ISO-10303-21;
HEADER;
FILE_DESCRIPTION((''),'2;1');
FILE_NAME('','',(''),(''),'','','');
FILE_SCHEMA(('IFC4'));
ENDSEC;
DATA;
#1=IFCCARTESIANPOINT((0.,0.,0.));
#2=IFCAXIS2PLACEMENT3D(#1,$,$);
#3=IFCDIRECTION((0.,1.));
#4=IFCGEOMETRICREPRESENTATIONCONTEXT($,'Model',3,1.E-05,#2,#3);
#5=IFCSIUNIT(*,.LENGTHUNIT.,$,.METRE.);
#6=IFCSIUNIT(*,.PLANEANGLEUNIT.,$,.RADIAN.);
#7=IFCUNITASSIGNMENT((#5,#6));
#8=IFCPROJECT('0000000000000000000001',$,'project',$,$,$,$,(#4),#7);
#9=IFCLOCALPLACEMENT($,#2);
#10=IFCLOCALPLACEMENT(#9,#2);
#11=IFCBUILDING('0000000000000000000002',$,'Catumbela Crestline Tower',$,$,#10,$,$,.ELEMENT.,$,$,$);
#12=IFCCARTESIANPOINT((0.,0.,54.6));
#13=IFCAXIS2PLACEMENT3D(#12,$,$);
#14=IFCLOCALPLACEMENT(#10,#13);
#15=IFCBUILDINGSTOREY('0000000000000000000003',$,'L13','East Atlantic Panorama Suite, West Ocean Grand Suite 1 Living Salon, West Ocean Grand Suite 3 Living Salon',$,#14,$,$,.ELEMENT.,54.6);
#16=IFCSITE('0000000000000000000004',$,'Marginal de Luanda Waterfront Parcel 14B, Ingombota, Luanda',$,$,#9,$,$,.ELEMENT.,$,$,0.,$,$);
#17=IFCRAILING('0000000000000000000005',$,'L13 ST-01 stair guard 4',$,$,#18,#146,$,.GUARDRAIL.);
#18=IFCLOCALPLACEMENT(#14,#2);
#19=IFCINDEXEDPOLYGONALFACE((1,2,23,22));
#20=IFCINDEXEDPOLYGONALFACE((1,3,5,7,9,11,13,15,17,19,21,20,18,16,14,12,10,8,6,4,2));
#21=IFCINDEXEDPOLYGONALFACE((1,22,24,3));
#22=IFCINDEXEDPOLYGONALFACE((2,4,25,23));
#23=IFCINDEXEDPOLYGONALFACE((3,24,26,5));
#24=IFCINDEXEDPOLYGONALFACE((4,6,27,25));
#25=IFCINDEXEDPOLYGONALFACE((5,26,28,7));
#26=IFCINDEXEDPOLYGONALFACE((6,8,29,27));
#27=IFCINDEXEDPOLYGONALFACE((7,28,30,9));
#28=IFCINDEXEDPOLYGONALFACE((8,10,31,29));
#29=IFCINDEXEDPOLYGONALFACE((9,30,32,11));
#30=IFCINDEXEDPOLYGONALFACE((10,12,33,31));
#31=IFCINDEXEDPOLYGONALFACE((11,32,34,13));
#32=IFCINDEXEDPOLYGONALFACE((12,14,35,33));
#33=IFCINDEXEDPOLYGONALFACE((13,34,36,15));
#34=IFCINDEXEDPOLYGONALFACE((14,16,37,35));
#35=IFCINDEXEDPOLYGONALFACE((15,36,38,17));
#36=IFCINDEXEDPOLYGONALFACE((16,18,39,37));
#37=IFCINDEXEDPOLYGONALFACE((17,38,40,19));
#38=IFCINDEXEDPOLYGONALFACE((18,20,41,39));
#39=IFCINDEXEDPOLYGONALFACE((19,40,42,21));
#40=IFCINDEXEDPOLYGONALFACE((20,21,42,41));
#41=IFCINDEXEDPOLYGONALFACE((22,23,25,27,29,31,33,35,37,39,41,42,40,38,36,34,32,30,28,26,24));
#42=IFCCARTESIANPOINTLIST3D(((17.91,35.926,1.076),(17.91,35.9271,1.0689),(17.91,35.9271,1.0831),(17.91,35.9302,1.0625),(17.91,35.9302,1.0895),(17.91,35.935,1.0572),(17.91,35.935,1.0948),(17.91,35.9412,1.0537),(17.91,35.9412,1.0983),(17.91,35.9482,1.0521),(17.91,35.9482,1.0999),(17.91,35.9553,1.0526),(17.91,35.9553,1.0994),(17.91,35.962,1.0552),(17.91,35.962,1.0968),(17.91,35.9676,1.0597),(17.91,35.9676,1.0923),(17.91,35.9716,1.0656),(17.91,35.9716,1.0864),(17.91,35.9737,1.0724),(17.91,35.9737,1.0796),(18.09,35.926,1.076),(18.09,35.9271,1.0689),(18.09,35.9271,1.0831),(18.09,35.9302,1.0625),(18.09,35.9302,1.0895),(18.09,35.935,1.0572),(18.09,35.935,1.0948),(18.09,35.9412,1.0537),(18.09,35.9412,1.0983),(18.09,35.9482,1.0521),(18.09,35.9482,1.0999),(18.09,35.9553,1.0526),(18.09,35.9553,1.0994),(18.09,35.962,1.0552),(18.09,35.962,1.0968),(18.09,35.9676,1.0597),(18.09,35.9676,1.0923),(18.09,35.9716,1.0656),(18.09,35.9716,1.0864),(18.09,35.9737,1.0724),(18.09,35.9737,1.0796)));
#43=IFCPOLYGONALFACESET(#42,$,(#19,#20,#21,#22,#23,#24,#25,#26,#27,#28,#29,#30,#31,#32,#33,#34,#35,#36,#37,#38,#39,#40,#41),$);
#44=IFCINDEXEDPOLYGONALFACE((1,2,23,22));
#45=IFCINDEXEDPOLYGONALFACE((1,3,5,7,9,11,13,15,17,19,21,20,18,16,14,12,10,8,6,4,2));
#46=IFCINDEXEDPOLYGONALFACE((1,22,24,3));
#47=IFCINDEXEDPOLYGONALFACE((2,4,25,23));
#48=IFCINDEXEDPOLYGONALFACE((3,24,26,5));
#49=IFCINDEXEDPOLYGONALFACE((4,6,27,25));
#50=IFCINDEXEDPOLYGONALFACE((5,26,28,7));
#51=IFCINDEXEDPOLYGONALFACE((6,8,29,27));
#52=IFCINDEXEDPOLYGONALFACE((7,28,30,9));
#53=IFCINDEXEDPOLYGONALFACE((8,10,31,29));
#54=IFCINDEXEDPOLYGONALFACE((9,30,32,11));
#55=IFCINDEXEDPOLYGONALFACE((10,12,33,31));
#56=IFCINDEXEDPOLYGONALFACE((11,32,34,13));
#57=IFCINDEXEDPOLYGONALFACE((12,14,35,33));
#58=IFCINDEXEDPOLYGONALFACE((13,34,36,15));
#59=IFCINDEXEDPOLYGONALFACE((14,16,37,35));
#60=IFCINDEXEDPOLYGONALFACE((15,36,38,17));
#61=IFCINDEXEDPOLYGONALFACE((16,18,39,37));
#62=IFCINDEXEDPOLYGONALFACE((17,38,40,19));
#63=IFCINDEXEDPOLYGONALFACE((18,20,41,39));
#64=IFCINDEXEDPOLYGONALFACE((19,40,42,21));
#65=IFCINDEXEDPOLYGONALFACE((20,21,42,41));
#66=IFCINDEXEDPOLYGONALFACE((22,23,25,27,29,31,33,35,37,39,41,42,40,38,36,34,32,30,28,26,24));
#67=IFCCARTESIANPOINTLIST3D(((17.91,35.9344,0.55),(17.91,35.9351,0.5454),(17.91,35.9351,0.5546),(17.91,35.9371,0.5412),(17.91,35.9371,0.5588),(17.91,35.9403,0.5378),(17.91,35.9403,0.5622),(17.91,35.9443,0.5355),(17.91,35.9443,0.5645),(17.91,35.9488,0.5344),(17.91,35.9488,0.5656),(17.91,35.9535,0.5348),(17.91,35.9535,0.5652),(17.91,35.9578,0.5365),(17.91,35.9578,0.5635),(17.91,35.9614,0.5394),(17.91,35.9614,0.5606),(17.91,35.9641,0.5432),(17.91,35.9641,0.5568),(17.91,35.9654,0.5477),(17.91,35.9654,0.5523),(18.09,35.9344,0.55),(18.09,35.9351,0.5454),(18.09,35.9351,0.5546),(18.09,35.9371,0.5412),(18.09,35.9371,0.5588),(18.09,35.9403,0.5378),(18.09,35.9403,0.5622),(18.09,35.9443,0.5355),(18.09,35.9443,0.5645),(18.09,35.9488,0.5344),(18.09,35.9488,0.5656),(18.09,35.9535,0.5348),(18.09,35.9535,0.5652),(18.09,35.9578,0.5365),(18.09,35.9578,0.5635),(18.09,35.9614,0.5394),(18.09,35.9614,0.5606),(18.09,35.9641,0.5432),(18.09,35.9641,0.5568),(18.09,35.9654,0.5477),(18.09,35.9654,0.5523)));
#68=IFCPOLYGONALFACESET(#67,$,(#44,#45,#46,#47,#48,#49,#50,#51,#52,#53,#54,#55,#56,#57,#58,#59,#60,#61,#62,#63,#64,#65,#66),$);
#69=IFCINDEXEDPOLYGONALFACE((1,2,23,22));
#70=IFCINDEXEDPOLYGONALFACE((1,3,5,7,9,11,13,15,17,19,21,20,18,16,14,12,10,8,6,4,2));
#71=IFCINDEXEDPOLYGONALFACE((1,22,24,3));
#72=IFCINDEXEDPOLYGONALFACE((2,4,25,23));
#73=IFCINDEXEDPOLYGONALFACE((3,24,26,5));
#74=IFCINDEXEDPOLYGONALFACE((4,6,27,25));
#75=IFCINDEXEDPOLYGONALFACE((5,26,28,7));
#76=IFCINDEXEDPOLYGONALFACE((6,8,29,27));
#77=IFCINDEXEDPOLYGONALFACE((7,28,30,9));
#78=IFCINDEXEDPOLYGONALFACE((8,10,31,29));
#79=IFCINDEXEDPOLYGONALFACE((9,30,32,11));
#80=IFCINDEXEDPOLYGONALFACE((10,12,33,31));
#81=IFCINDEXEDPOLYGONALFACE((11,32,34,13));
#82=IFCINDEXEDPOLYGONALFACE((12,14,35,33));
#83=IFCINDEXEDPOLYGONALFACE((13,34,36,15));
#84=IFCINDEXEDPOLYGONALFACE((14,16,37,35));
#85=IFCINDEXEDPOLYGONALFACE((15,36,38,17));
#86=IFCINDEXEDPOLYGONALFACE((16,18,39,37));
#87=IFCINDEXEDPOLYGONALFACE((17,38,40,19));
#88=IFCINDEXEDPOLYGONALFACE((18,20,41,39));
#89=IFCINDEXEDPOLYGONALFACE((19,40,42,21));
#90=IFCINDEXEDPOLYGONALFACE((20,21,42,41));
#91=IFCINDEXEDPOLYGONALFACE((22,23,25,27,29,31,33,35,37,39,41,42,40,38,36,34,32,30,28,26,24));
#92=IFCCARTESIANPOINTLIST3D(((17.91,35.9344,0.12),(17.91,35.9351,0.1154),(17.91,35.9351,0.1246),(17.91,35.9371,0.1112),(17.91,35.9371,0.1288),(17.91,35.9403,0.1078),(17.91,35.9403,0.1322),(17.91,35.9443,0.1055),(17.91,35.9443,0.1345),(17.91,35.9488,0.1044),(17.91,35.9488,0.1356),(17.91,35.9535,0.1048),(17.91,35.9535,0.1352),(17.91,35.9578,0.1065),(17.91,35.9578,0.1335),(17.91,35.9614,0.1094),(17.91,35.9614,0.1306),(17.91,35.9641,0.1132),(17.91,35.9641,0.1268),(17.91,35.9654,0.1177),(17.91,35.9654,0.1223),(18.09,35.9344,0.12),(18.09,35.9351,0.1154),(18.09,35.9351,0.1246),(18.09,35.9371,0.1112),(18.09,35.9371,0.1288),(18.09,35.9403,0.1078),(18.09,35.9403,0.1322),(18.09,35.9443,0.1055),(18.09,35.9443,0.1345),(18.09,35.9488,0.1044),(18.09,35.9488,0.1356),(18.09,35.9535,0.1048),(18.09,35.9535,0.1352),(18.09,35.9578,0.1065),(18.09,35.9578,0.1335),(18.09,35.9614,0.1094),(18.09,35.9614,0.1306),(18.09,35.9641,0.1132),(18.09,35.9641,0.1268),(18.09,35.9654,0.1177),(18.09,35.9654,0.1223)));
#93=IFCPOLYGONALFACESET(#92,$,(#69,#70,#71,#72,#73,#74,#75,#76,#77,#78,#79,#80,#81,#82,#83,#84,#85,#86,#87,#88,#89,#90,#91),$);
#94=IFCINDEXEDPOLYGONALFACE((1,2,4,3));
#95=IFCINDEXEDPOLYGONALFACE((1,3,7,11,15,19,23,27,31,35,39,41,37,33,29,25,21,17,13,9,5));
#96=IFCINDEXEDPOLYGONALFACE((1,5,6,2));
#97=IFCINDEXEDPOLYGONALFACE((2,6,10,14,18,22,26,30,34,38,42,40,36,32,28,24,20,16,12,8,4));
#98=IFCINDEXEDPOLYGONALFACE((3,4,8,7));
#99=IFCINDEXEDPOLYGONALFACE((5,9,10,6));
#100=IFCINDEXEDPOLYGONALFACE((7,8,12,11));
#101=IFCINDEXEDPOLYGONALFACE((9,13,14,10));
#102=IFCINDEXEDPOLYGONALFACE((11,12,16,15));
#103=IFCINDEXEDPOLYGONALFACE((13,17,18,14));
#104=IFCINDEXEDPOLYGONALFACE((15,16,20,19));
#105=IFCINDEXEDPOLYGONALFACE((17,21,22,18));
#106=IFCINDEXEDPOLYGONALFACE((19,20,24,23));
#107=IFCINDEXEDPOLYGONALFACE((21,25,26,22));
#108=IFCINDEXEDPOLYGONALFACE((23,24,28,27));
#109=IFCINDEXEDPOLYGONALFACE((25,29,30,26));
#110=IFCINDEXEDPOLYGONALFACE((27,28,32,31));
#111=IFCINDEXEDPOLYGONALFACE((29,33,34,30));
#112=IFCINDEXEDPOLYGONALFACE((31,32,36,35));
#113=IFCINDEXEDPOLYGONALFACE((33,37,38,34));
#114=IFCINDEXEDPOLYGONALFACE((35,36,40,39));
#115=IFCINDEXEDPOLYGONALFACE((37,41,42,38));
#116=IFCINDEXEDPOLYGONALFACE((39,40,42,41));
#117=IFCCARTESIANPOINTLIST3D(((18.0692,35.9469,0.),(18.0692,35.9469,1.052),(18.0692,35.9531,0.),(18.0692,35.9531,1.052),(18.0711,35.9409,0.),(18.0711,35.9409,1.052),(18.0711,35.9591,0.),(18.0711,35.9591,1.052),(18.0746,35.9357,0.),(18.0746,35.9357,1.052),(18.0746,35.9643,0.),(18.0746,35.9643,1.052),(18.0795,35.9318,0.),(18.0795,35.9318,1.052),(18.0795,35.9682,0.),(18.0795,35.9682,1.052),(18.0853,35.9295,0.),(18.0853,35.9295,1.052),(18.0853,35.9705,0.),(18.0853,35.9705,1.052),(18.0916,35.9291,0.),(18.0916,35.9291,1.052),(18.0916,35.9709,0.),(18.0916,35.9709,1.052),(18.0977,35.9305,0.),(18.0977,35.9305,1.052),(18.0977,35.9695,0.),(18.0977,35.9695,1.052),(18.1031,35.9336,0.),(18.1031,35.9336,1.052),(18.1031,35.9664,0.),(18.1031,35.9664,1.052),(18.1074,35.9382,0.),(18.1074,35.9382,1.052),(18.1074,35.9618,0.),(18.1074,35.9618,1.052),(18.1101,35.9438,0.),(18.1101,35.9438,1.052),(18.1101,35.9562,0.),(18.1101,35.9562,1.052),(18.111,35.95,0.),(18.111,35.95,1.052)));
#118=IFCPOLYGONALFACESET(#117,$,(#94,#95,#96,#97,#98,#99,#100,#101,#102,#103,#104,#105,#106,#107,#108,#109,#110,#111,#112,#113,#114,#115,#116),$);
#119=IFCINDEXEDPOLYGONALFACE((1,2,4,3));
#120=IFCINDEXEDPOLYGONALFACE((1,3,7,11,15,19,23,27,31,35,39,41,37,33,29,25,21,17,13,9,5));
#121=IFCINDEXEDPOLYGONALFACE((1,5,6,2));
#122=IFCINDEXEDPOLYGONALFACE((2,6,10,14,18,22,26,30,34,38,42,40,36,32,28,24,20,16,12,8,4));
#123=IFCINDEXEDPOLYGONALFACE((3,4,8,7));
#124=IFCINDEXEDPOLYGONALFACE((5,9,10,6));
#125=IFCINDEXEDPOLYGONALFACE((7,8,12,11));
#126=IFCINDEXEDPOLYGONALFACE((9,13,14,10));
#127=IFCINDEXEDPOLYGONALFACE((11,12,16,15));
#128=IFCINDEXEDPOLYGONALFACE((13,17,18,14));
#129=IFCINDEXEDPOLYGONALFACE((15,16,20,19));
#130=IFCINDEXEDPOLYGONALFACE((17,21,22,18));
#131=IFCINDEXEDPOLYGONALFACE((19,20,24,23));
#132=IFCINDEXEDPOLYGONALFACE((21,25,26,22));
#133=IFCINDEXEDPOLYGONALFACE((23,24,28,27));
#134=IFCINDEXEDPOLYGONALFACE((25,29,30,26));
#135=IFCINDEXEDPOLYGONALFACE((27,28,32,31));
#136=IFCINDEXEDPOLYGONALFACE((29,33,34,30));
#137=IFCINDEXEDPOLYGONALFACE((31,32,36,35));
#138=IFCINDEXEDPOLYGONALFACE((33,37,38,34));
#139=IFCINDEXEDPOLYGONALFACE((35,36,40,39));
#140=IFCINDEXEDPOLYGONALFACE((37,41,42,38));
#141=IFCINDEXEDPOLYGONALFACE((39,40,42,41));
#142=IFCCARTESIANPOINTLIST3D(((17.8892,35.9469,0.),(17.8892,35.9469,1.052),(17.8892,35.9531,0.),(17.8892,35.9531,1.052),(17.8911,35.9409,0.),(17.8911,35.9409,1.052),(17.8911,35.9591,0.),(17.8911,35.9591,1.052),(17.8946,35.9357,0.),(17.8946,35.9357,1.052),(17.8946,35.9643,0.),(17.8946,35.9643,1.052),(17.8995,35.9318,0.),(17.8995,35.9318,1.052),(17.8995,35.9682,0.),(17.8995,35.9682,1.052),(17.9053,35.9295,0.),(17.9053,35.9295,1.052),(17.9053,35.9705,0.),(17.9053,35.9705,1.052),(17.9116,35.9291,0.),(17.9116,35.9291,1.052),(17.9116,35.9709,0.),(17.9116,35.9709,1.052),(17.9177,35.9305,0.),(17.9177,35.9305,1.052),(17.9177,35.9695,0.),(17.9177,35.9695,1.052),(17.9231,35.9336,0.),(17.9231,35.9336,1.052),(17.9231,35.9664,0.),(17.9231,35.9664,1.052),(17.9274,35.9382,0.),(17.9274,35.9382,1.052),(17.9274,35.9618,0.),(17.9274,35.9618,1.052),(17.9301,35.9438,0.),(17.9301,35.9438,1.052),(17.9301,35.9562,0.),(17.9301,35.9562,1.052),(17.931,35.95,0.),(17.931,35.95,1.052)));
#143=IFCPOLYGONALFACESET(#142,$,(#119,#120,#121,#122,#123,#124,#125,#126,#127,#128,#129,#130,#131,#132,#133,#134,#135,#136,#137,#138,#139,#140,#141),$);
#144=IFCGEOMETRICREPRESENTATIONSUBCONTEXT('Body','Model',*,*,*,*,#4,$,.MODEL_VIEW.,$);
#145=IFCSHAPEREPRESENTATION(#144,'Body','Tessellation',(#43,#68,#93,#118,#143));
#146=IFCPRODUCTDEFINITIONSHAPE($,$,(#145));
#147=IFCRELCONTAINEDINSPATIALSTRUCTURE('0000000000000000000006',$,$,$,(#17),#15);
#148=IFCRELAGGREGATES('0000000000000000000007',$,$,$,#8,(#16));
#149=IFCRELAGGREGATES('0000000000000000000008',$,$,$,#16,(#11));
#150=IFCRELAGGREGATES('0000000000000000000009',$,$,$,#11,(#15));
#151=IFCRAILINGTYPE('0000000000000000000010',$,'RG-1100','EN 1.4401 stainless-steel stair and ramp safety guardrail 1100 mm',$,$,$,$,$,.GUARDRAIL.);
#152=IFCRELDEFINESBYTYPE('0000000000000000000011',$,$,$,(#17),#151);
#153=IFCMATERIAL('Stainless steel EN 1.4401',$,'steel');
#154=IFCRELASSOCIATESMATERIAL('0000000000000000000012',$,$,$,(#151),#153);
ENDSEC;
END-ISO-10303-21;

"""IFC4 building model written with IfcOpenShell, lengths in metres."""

from ifc_helpers import new_model, si_unit, direction, frame, origin, origin_2d, place, context, subcontext, project, spatial, circle, extrude, material, type_object, element, save


model = new_model("IFC4")

# Units and contexts
model_context = context("Model", 3, precision=1e-05, world=origin(), true_north=direction((0.0, 1.0)))
body_context = subcontext(model_context, "Body", "Model", "MODEL_VIEW")
ifc_project = project(units=[si_unit("LENGTHUNIT", "METRE"), si_unit("PLANEANGLEUNIT", "RADIAN")], contexts=[model_context])

# Site, building, storey
site_placement = place(None, origin())
site = spatial("IfcSite", under=ifc_project, at=site_placement, Name="Marginal de Luanda Waterfront Parcel 14B, Ingombota, Luanda", CompositionType="ELEMENT", RefElevation=0.0)
building_placement = place(site_placement, origin())
building = spatial("IfcBuilding", under=site, at=building_placement, Name="Catumbela Crestline Tower", CompositionType="ELEMENT")
storey_placement = place(building_placement, frame((0.0, 0.0, 54.6)))
storey = spatial("IfcBuildingStorey", under=building, at=storey_placement, Name="L13", Description="East Atlantic Panorama Suite, West Ocean Grand Suite 1 Living Salon, West Ocean Grand Suite 3 Living Salon", CompositionType="ELEMENT", Elevation=54.6)

# Shared definitions
ifc_material_1 = material(Name="Stainless steel EN 1.4401", Category="steel")

# Railing
railing_type = type_object("IfcRailingType", Name="RG-1100", Description="EN 1.4401 stainless-steel stair and ramp safety guardrail 1100 mm", PredefinedType="GUARDRAIL", material=ifc_material_1)
railing_placement = place(storey_placement, frame((18.09, 35.95, 0.0)))
element("IfcRailing", 1, at=railing_placement, inside=storey, type_object=railing_type, Name="L13 ST-01 stair guard 4", PredefinedType="GUARDRAIL", context=body_context, shape_type="SweptSolid", body=[
    extrude(circle(Radius=0.024, at=origin_2d()), frame((0.0, 0.0, 1.076), z_axis=(-1.0, 0.0, 0.0), x_axis=(0.0, -1.0, 0.0)), (0.0, 0.0, 1.0), 0.18),
    extrude(circle(Radius=0.0156, at=origin_2d()), frame((0.0, 0.0, 0.55), z_axis=(-1.0, 0.0, 0.0), x_axis=(0.0, -1.0, 0.0)), (0.0, 0.0, 1.0), 0.18),
    extrude(circle(Radius=0.0156, at=origin_2d()), frame((0.0, 0.0, 0.12), z_axis=(-1.0, 0.0, 0.0), x_axis=(0.0, -1.0, 0.0)), (0.0, 0.0, 1.0), 0.18),
    extrude(circle(Radius=0.021, at=origin_2d()), origin(), (0.0, 0.0, 1.0), 1.052),
    extrude(circle(Radius=0.021, at=origin_2d()), frame((-0.18, 0.0, 0.0)), (0.0, 0.0, 1.0), 1.052),
])

save(model, "model.ifc")
